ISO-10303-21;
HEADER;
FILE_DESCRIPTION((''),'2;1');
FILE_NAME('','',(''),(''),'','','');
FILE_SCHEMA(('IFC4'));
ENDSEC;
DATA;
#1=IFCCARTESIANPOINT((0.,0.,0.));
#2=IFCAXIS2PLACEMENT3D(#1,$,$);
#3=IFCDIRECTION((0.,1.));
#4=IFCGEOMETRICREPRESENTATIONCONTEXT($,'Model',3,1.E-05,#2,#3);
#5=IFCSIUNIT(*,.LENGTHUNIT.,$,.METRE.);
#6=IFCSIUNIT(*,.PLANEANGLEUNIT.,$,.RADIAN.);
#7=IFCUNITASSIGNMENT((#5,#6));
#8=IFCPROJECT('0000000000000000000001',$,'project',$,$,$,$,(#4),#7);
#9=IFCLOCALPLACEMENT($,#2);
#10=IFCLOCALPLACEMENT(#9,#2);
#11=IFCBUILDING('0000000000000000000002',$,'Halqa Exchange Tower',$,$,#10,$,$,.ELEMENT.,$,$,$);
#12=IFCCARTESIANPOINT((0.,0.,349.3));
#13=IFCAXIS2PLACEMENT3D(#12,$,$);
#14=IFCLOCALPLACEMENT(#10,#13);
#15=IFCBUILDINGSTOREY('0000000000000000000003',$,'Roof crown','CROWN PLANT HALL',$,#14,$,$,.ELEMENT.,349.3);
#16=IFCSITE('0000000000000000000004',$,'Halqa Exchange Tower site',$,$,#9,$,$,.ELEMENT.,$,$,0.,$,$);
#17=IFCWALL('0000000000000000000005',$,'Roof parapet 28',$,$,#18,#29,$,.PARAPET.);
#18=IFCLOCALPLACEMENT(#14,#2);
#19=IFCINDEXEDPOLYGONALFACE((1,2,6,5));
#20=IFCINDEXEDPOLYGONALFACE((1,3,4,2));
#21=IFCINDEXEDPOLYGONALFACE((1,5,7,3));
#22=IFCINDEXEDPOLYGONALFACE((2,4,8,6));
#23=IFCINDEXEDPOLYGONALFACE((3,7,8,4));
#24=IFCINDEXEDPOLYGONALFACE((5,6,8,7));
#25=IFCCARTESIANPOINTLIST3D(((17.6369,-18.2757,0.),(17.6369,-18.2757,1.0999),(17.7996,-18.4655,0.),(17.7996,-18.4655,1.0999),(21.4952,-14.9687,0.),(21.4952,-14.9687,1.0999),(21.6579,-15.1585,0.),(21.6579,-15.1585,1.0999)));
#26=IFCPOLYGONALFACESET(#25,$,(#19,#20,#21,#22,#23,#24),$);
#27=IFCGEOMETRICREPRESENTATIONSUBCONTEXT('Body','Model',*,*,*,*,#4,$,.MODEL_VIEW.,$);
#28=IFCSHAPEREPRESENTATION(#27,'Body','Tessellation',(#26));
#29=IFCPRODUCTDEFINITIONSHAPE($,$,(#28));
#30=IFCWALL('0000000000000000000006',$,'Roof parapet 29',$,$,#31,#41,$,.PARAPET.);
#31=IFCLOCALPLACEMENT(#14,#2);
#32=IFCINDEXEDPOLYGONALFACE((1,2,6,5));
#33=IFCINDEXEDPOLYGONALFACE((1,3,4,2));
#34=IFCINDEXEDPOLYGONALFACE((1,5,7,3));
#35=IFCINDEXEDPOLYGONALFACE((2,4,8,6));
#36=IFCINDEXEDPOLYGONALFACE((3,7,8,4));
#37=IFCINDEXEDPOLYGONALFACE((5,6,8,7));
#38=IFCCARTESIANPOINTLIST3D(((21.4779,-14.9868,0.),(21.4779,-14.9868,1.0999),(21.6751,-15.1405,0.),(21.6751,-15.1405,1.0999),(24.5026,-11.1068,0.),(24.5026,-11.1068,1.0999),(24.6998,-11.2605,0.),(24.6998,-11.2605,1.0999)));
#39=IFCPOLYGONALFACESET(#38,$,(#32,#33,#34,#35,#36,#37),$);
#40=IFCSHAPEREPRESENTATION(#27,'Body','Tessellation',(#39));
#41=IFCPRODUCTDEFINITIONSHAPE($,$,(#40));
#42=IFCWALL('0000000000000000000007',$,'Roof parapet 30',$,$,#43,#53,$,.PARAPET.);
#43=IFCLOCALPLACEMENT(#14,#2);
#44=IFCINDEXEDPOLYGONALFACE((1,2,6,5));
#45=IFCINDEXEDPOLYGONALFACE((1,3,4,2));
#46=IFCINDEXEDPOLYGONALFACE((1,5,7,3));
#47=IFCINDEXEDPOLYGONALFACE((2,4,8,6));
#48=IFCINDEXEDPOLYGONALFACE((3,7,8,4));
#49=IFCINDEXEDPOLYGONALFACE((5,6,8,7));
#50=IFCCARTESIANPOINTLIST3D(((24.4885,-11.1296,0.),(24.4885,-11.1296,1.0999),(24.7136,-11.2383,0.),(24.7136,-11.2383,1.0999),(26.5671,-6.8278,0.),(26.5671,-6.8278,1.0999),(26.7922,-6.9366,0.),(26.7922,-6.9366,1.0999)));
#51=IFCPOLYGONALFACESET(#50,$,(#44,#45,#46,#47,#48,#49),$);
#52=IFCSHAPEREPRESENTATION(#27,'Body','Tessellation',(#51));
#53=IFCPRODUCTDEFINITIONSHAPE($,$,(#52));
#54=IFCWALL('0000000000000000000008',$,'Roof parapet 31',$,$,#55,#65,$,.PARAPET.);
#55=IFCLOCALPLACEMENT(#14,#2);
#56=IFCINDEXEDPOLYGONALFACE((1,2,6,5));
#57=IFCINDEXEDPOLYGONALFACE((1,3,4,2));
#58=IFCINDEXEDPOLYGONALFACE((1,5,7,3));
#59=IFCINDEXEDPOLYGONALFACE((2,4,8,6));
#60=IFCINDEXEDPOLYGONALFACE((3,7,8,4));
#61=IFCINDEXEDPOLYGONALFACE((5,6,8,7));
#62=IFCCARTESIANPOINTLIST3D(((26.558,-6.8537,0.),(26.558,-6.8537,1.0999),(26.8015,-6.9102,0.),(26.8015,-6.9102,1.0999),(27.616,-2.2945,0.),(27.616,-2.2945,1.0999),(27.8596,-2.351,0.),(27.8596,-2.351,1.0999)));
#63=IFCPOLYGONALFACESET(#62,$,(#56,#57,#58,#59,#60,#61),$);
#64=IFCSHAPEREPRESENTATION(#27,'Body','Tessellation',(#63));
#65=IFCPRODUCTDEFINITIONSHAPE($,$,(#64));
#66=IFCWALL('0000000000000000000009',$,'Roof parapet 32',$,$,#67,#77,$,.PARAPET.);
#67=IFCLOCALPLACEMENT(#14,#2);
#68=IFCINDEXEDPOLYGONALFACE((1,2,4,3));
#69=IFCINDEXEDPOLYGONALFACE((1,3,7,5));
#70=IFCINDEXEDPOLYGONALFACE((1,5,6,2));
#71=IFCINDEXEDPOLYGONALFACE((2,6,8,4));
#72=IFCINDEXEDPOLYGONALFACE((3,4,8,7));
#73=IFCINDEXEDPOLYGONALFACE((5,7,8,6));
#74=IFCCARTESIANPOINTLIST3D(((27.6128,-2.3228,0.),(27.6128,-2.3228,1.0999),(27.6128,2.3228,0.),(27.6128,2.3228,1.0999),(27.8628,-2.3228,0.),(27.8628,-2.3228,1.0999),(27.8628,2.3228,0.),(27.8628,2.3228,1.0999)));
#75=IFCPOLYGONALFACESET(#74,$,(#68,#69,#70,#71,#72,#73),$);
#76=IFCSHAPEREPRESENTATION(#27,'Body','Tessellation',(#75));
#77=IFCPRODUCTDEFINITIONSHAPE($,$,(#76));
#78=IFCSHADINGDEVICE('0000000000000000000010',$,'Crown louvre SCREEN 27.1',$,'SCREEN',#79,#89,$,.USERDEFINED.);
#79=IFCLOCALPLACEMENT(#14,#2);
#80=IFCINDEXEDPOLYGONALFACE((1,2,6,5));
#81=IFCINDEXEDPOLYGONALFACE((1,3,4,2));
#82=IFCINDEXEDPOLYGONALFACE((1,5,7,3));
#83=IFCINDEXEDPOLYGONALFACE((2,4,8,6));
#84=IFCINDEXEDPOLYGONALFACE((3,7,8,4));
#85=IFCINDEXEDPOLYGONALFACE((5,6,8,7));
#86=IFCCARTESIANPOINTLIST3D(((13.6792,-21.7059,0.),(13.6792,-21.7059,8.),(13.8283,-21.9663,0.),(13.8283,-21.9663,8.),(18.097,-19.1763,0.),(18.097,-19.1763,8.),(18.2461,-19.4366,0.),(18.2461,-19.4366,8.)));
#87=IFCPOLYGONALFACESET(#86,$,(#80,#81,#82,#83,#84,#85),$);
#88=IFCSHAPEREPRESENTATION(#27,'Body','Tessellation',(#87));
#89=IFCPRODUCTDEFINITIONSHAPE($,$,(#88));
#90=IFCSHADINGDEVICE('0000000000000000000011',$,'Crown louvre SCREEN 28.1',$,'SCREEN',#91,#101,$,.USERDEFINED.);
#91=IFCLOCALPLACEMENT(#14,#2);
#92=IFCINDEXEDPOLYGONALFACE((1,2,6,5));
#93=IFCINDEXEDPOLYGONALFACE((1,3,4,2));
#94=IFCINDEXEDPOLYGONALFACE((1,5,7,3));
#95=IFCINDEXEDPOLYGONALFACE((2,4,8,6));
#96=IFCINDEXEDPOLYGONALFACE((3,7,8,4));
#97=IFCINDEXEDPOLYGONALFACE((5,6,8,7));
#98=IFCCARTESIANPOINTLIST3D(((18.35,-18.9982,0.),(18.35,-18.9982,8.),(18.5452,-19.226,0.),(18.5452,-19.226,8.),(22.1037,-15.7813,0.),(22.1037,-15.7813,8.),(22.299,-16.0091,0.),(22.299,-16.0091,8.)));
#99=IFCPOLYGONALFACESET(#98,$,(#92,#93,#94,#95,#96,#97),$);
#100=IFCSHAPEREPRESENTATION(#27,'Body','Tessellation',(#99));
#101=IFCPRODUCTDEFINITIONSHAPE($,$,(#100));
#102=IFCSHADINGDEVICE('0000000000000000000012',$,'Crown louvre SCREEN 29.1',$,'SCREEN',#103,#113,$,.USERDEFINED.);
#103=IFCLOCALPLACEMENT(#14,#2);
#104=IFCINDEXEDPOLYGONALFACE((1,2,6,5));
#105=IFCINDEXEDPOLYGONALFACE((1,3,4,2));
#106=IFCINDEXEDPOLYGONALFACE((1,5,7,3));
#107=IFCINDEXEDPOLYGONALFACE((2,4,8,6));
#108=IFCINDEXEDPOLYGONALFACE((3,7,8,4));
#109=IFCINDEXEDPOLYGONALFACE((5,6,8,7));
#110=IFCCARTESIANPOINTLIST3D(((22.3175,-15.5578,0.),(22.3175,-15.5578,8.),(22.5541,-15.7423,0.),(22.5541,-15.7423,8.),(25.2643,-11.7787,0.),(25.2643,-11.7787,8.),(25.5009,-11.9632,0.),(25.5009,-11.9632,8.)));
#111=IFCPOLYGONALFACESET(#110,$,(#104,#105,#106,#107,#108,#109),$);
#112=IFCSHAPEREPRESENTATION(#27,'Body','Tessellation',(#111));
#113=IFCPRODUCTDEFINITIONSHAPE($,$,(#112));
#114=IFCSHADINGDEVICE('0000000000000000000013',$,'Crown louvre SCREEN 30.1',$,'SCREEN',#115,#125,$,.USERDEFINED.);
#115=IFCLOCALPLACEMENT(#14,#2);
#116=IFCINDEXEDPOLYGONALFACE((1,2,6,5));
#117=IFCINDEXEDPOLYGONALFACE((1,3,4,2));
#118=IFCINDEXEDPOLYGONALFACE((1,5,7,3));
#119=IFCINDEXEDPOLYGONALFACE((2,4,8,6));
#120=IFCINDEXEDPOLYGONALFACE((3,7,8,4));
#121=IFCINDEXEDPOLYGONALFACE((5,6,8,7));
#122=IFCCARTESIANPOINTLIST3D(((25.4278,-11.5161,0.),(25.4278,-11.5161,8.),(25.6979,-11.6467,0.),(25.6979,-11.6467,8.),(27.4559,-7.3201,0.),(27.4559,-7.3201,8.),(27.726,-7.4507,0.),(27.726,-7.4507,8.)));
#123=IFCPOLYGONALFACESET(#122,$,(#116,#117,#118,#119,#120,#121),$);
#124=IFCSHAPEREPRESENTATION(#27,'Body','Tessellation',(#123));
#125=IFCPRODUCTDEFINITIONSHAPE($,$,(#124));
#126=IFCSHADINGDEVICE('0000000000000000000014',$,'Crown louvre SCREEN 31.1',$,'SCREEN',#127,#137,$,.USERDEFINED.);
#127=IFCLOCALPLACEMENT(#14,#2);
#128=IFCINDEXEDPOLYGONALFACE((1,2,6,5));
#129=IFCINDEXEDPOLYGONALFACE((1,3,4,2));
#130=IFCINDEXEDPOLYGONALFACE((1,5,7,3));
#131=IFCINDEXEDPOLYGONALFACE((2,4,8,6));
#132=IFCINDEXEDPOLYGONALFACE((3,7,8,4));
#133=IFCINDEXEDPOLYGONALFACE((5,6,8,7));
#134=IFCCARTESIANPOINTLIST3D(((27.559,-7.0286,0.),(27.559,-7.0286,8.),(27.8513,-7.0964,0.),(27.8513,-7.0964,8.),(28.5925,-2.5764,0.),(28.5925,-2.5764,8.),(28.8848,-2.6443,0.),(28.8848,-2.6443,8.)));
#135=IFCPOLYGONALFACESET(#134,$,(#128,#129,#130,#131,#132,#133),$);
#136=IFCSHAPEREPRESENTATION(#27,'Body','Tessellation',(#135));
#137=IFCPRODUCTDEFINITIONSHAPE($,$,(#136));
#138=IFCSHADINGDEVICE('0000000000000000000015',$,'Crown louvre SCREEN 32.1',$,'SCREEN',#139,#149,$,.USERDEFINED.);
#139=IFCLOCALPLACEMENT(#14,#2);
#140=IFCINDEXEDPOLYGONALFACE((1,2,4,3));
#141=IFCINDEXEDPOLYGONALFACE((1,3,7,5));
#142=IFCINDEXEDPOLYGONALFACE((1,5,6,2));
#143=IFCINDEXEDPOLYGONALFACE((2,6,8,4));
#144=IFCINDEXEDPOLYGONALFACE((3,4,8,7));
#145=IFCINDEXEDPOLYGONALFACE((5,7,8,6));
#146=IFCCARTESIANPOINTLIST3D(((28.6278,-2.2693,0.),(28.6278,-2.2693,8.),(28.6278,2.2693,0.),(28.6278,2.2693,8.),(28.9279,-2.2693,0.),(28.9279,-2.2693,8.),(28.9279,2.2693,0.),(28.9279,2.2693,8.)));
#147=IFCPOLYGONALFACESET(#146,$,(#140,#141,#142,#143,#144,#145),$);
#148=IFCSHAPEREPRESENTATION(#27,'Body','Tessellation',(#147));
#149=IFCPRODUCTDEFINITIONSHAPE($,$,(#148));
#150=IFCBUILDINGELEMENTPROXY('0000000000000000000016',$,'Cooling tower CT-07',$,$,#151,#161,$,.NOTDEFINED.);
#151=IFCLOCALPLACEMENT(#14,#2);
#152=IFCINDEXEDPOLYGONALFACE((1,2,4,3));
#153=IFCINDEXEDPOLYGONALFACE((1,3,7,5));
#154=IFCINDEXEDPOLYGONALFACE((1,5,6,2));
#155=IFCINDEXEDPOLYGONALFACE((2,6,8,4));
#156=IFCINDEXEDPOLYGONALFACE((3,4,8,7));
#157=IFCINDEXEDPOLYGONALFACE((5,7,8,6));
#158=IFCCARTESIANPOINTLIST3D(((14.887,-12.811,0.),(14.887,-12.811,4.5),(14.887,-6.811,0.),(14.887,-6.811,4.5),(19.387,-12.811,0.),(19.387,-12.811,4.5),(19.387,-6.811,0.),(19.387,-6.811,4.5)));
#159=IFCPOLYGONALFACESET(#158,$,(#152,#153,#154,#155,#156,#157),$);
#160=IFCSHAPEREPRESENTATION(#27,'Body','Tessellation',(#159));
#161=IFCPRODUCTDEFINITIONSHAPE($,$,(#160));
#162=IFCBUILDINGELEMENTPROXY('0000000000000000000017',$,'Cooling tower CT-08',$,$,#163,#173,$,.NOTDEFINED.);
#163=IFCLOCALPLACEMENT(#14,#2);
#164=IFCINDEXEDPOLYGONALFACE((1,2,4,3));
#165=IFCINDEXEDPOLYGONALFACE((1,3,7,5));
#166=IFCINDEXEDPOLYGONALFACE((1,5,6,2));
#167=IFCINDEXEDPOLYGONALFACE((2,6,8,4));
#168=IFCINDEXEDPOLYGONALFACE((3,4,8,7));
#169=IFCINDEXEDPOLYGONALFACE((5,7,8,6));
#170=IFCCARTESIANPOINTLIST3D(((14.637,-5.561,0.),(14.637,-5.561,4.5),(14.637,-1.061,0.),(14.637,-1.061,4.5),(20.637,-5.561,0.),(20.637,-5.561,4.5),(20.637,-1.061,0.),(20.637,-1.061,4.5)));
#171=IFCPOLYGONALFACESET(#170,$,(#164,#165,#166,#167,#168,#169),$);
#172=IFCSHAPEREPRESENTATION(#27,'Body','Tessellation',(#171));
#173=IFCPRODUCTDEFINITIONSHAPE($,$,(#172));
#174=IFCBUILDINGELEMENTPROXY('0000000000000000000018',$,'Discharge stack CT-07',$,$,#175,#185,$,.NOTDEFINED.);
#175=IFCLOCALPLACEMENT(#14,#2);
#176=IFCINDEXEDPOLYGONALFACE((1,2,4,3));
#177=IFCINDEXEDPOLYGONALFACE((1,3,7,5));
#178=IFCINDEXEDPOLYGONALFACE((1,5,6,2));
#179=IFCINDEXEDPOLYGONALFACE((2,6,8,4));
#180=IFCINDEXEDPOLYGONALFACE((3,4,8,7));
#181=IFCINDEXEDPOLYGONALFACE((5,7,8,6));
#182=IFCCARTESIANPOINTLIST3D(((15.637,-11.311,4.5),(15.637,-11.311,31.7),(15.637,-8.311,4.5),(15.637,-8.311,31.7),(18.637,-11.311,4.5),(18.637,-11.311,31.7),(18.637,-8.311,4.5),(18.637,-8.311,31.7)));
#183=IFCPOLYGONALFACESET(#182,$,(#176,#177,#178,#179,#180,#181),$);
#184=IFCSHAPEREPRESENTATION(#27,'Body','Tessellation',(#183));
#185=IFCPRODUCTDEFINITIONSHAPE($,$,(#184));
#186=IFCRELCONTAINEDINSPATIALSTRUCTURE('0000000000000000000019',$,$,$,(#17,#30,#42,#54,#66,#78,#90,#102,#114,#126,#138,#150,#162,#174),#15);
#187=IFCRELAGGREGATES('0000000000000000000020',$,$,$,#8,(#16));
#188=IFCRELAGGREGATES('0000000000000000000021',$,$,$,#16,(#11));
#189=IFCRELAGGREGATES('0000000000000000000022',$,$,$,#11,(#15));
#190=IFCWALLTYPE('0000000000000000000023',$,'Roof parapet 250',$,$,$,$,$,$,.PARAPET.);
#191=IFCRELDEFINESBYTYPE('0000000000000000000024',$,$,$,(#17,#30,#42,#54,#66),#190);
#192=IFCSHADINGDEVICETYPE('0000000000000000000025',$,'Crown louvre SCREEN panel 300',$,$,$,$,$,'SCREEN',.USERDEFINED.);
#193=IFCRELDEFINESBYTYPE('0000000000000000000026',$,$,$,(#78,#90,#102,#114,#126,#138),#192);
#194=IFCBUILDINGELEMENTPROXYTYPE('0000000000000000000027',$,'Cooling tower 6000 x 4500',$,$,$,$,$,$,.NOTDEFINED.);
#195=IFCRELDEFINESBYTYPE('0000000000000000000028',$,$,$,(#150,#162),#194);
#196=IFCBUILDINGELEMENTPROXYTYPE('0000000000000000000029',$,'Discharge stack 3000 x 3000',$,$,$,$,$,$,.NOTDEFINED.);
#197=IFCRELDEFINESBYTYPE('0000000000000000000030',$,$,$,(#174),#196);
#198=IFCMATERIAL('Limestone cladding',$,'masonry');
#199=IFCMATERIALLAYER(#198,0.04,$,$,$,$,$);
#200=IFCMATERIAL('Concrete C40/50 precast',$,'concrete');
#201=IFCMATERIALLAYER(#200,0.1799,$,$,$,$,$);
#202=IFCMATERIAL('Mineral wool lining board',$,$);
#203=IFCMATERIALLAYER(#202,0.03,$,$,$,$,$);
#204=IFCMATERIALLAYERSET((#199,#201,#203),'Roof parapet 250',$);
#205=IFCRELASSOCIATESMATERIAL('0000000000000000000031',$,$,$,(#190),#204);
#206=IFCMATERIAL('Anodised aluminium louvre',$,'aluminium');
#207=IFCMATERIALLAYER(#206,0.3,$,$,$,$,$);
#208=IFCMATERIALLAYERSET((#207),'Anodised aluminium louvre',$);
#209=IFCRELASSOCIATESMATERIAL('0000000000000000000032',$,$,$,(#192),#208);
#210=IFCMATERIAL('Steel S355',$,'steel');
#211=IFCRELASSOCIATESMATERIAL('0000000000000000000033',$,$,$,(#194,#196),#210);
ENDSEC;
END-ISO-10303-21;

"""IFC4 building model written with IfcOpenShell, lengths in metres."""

from ifc_helpers import new_model, si_unit, direction, frame, frame_2d, origin, origin_2d, place, context, subcontext, project, spatial, rectangle, extrude, material, layer, layer_set, type_object, element, save


model = new_model("IFC4")

# Units and contexts
model_context = context("Model", 3, precision=1e-05, world=origin(), true_north=direction((0.0, 1.0)))
body_context = subcontext(model_context, "Body", "Model", "MODEL_VIEW")
ifc_project = project(units=[si_unit("LENGTHUNIT", "METRE"), si_unit("PLANEANGLEUNIT", "RADIAN")], contexts=[model_context])

# Site, building, storey
site_placement = place(None, origin())
site = spatial("IfcSite", under=ifc_project, at=site_placement, Name="Halqa Exchange Tower site", CompositionType="ELEMENT", RefElevation=0.0)
building_placement = place(site_placement, origin())
building = spatial("IfcBuilding", under=site, at=building_placement, Name="Halqa Exchange Tower", CompositionType="ELEMENT")
storey_placement = place(building_placement, frame((0.0, 0.0, 349.3)))
storey = spatial("IfcBuildingStorey", under=building, at=storey_placement, Name="Roof crown", Description="CROWN PLANT HALL", CompositionType="ELEMENT", Elevation=349.3)

# Shared definitions
ifc_material_1 = material(Name="Steel S355", Category="steel")

# Walls
ifc_material_2 = material(Name="Limestone cladding", Category="masonry")
ifc_layer_1 = layer(ifc_material_2, 0.04)
ifc_material_3 = material(Name="Concrete C40/50 precast", Category="concrete")
ifc_layer_2 = layer(ifc_material_3, 0.1799)
ifc_material_4 = material(Name="Mineral wool lining board")
ifc_layer_3 = layer(ifc_material_4, 0.03)
ifc_layer_set_1 = layer_set([ifc_layer_1, ifc_layer_2, ifc_layer_3], Name="Roof parapet 250")
wall_type = type_object("IfcWallType", Name="Roof parapet 250", PredefinedType="PARAPET", material=ifc_layer_set_1)
wall_1_placement = place(storey_placement, frame((17.7183, -18.3706, 0.0), z_axis=(0.0, 0.0, 1.0), x_axis=(0.759267, 0.65078, 0.0)))
element("IfcWall", 1, at=wall_1_placement, inside=storey, type_object=wall_type, Name="Roof parapet 28", PredefinedType="PARAPET", context=body_context, shape_type="SweptSolid", body=[
    extrude(rectangle(XDim=5.0815, YDim=0.25, at=frame_2d((2.5408, 0.0))), origin(), (0.0, 0.0, 1.0), 1.0999),
])
wall_2_placement = place(storey_placement, frame((21.5764, -15.0637, 0.0), z_axis=(0.0, 0.0, 1.0), x_axis=(0.614823, 0.788665, 0.0)))
element("IfcWall", 2, at=wall_2_placement, inside=storey, type_object=wall_type, Name="Roof parapet 29", PredefinedType="PARAPET", context=body_context, shape_type="SweptSolid", body=[
    extrude(rectangle(XDim=4.9197, YDim=0.25, at=frame_2d((2.46, 0.0))), origin(), (0.0, 0.0, 1.0), 1.0999),
])
wall_3_placement = place(storey_placement, frame((24.6011, -11.1838, 0.0), z_axis=(0.0, 0.0, 1.0), x_axis=(0.435072, 0.900396, 0.0)))
element("IfcWall", 3, at=wall_3_placement, inside=storey, type_object=wall_type, Name="Roof parapet 30", PredefinedType="PARAPET", context=body_context, shape_type="SweptSolid", body=[
    extrude(rectangle(XDim=4.7776, YDim=0.25, at=frame_2d((2.3887, 0.0))), origin(), (0.0, 0.0, 1.0), 1.0999),
])
wall_4_placement = place(storey_placement, frame((26.6797, -6.8821, 0.0), z_axis=(0.0, 0.0, 1.0), x_axis=(0.226067, 0.974112, 0.0)))
element("IfcWall", 4, at=wall_4_placement, inside=storey, type_object=wall_type, Name="Roof parapet 31", PredefinedType="PARAPET", context=body_context, shape_type="SweptSolid", body=[
    extrude(rectangle(XDim=4.6804, YDim=0.25, at=frame_2d((2.3403, 0.0))), origin(), (0.0, 0.0, 1.0), 1.0999),
])
wall_5_placement = place(storey_placement, frame((27.7378, -2.3228, 0.0), z_axis=(0.0, 0.0, 1.0), x_axis=(0.0, 1.0, 0.0)))
element("IfcWall", 5, at=wall_5_placement, inside=storey, type_object=wall_type, Name="Roof parapet 32", PredefinedType="PARAPET", context=body_context, shape_type="SweptSolid", body=[
    extrude(rectangle(XDim=4.6455, YDim=0.25, at=frame_2d((2.3228, 0.0))), origin(), (0.0, 0.0, 1.0), 1.0999),
])

# Shading devices
ifc_material_5 = material(Name="Anodised aluminium louvre", Category="aluminium")
ifc_layer_4 = layer(ifc_material_5, 0.3)
ifc_layer_set_2 = layer_set([ifc_layer_4], Name="Anodised aluminium louvre")
shading_device_type = type_object("IfcShadingDeviceType", Name="Crown louvre SCREEN panel 300", ElementType="SCREEN", PredefinedType="USERDEFINED", material=ifc_layer_set_2)
shading_device_1_placement = place(storey_placement, frame((15.9626, -20.5713, 0.0), z_axis=(0.0, 0.0, 1.0), x_axis=(0.867804, 0.496907, 0.0)))
element("IfcShadingDevice", 6, at=shading_device_1_placement, inside=storey, type_object=shading_device_type, Name="Crown louvre SCREEN 27.1", ObjectType="SCREEN", PredefinedType="USERDEFINED", context=body_context, shape_type="SweptSolid", body=[
    extrude(rectangle(XDim=5.0908, YDim=0.3, at=origin_2d()), origin(), (0.0, 0.0, 1.0), 8.0),
])
shading_device_2_placement = place(storey_placement, frame((20.3245, -17.5037, 0.0), z_axis=(0.0, 0.0, 1.0), x_axis=(0.759318, 0.65072, 0.0)))
element("IfcShadingDevice", 7, at=shading_device_2_placement, inside=storey, type_object=shading_device_type, Name="Crown louvre SCREEN 28.1", ObjectType="SCREEN", PredefinedType="USERDEFINED", context=body_context, shape_type="SweptSolid", body=[
    extrude(rectangle(XDim=4.9436, YDim=0.3, at=origin_2d()), origin(), (0.0, 0.0, 1.0), 8.0),
])
shading_device_3_placement = place(storey_placement, frame((23.9092, -13.7605, 0.0), z_axis=(0.0, 0.0, 1.0), x_axis=(0.614908, 0.788599, 0.0)))
element("IfcShadingDevice", 8, at=shading_device_3_placement, inside=storey, type_object=shading_device_type, Name="Crown louvre SCREEN 29.1", ObjectType="SCREEN", PredefinedType="USERDEFINED", context=body_context, shape_type="SweptSolid", body=[
    extrude(rectangle(XDim=4.7922, YDim=0.3, at=origin_2d()), origin(), (0.0, 0.0, 1.0), 8.0),
])
shading_device_4_placement = place(storey_placement, frame((26.5769, -9.4834, 0.0), z_axis=(0.0, 0.0, 1.0), x_axis=(0.435179, 0.900344, 0.0)))
element("IfcShadingDevice", 9, at=shading_device_4_placement, inside=storey, type_object=shading_device_type, Name="Crown louvre SCREEN 30.1", ObjectType="SCREEN", PredefinedType="USERDEFINED", context=body_context, shape_type="SweptSolid", body=[
    extrude(rectangle(XDim=4.6604, YDim=0.3, at=origin_2d()), origin(), (0.0, 0.0, 1.0), 8.0),
])
shading_device_5_placement = place(storey_placement, frame((28.2219, -4.8364, 0.0), z_axis=(0.0, 0.0, 1.0), x_axis=(0.226121, 0.974099, 0.0)))
element("IfcShadingDevice", 10, at=shading_device_5_placement, inside=storey, type_object=shading_device_type, Name="Crown louvre SCREEN 31.1", ObjectType="SCREEN", PredefinedType="USERDEFINED", context=body_context, shape_type="SweptSolid", body=[
    extrude(rectangle(XDim=4.5706, YDim=0.3, at=origin_2d()), origin(), (0.0, 0.0, 1.0), 8.0),
])
shading_device_6_placement = place(storey_placement, frame((28.7778, 0.0, 0.0), z_axis=(0.0, 0.0, 1.0), x_axis=(0.0, 1.0, 0.0)))
element("IfcShadingDevice", 11, at=shading_device_6_placement, inside=storey, type_object=shading_device_type, Name="Crown louvre SCREEN 32.1", ObjectType="SCREEN", PredefinedType="USERDEFINED", context=body_context, shape_type="SweptSolid", body=[
    extrude(rectangle(XDim=4.5386, YDim=0.3, at=origin_2d()), origin(), (0.0, 0.0, 1.0), 8.0),
])

# Building element proxies
building_element_proxy_type_1 = type_object("IfcBuildingElementProxyType", Name="Cooling tower 6000 x 4500", PredefinedType="NOTDEFINED", material=ifc_material_1)
for number, where, z_axis, x_axis, name in (
    (12, (17.137, -9.811, 0.0), (0.0, 0.0, 1.0), (0.0, 1.0, 0.0), "Cooling tower CT-07"),
    (13, (17.637, -3.311, 0.0), (0.0, 0.0, 1.0), (1.0, 0.0, 0.0), "Cooling tower CT-08"),
):
    element("IfcBuildingElementProxy", number, at=place(storey_placement, frame(where, z_axis=z_axis, x_axis=x_axis)), inside=storey, type_object=building_element_proxy_type_1, Name=name, PredefinedType="NOTDEFINED", context=body_context, shape_type="SweptSolid", body=[
        extrude(rectangle(XDim=6.0, YDim=4.5, at=origin_2d()), origin(), (0.0, 0.0, 1.0), 4.5),
    ])
building_element_proxy_type_2 = type_object("IfcBuildingElementProxyType", Name="Discharge stack 3000 x 3000", PredefinedType="NOTDEFINED", material=ifc_material_1)
for number, where, z_axis, x_axis, name in (
    (14, (17.137, -9.811, 4.5), (0.0, 0.0, 1.0), (1.0, 0.0, 0.0), "Discharge stack CT-07"),
):
    element("IfcBuildingElementProxy", number, at=place(storey_placement, frame(where, z_axis=z_axis, x_axis=x_axis)), inside=storey, type_object=building_element_proxy_type_2, Name=name, PredefinedType="NOTDEFINED", context=body_context, shape_type="SweptSolid", body=[
        extrude(rectangle(XDim=3.0, YDim=3.0, at=origin_2d()), origin(), (0.0, 0.0, 1.0), 27.2),
    ])

save(model, "model.ifc")
